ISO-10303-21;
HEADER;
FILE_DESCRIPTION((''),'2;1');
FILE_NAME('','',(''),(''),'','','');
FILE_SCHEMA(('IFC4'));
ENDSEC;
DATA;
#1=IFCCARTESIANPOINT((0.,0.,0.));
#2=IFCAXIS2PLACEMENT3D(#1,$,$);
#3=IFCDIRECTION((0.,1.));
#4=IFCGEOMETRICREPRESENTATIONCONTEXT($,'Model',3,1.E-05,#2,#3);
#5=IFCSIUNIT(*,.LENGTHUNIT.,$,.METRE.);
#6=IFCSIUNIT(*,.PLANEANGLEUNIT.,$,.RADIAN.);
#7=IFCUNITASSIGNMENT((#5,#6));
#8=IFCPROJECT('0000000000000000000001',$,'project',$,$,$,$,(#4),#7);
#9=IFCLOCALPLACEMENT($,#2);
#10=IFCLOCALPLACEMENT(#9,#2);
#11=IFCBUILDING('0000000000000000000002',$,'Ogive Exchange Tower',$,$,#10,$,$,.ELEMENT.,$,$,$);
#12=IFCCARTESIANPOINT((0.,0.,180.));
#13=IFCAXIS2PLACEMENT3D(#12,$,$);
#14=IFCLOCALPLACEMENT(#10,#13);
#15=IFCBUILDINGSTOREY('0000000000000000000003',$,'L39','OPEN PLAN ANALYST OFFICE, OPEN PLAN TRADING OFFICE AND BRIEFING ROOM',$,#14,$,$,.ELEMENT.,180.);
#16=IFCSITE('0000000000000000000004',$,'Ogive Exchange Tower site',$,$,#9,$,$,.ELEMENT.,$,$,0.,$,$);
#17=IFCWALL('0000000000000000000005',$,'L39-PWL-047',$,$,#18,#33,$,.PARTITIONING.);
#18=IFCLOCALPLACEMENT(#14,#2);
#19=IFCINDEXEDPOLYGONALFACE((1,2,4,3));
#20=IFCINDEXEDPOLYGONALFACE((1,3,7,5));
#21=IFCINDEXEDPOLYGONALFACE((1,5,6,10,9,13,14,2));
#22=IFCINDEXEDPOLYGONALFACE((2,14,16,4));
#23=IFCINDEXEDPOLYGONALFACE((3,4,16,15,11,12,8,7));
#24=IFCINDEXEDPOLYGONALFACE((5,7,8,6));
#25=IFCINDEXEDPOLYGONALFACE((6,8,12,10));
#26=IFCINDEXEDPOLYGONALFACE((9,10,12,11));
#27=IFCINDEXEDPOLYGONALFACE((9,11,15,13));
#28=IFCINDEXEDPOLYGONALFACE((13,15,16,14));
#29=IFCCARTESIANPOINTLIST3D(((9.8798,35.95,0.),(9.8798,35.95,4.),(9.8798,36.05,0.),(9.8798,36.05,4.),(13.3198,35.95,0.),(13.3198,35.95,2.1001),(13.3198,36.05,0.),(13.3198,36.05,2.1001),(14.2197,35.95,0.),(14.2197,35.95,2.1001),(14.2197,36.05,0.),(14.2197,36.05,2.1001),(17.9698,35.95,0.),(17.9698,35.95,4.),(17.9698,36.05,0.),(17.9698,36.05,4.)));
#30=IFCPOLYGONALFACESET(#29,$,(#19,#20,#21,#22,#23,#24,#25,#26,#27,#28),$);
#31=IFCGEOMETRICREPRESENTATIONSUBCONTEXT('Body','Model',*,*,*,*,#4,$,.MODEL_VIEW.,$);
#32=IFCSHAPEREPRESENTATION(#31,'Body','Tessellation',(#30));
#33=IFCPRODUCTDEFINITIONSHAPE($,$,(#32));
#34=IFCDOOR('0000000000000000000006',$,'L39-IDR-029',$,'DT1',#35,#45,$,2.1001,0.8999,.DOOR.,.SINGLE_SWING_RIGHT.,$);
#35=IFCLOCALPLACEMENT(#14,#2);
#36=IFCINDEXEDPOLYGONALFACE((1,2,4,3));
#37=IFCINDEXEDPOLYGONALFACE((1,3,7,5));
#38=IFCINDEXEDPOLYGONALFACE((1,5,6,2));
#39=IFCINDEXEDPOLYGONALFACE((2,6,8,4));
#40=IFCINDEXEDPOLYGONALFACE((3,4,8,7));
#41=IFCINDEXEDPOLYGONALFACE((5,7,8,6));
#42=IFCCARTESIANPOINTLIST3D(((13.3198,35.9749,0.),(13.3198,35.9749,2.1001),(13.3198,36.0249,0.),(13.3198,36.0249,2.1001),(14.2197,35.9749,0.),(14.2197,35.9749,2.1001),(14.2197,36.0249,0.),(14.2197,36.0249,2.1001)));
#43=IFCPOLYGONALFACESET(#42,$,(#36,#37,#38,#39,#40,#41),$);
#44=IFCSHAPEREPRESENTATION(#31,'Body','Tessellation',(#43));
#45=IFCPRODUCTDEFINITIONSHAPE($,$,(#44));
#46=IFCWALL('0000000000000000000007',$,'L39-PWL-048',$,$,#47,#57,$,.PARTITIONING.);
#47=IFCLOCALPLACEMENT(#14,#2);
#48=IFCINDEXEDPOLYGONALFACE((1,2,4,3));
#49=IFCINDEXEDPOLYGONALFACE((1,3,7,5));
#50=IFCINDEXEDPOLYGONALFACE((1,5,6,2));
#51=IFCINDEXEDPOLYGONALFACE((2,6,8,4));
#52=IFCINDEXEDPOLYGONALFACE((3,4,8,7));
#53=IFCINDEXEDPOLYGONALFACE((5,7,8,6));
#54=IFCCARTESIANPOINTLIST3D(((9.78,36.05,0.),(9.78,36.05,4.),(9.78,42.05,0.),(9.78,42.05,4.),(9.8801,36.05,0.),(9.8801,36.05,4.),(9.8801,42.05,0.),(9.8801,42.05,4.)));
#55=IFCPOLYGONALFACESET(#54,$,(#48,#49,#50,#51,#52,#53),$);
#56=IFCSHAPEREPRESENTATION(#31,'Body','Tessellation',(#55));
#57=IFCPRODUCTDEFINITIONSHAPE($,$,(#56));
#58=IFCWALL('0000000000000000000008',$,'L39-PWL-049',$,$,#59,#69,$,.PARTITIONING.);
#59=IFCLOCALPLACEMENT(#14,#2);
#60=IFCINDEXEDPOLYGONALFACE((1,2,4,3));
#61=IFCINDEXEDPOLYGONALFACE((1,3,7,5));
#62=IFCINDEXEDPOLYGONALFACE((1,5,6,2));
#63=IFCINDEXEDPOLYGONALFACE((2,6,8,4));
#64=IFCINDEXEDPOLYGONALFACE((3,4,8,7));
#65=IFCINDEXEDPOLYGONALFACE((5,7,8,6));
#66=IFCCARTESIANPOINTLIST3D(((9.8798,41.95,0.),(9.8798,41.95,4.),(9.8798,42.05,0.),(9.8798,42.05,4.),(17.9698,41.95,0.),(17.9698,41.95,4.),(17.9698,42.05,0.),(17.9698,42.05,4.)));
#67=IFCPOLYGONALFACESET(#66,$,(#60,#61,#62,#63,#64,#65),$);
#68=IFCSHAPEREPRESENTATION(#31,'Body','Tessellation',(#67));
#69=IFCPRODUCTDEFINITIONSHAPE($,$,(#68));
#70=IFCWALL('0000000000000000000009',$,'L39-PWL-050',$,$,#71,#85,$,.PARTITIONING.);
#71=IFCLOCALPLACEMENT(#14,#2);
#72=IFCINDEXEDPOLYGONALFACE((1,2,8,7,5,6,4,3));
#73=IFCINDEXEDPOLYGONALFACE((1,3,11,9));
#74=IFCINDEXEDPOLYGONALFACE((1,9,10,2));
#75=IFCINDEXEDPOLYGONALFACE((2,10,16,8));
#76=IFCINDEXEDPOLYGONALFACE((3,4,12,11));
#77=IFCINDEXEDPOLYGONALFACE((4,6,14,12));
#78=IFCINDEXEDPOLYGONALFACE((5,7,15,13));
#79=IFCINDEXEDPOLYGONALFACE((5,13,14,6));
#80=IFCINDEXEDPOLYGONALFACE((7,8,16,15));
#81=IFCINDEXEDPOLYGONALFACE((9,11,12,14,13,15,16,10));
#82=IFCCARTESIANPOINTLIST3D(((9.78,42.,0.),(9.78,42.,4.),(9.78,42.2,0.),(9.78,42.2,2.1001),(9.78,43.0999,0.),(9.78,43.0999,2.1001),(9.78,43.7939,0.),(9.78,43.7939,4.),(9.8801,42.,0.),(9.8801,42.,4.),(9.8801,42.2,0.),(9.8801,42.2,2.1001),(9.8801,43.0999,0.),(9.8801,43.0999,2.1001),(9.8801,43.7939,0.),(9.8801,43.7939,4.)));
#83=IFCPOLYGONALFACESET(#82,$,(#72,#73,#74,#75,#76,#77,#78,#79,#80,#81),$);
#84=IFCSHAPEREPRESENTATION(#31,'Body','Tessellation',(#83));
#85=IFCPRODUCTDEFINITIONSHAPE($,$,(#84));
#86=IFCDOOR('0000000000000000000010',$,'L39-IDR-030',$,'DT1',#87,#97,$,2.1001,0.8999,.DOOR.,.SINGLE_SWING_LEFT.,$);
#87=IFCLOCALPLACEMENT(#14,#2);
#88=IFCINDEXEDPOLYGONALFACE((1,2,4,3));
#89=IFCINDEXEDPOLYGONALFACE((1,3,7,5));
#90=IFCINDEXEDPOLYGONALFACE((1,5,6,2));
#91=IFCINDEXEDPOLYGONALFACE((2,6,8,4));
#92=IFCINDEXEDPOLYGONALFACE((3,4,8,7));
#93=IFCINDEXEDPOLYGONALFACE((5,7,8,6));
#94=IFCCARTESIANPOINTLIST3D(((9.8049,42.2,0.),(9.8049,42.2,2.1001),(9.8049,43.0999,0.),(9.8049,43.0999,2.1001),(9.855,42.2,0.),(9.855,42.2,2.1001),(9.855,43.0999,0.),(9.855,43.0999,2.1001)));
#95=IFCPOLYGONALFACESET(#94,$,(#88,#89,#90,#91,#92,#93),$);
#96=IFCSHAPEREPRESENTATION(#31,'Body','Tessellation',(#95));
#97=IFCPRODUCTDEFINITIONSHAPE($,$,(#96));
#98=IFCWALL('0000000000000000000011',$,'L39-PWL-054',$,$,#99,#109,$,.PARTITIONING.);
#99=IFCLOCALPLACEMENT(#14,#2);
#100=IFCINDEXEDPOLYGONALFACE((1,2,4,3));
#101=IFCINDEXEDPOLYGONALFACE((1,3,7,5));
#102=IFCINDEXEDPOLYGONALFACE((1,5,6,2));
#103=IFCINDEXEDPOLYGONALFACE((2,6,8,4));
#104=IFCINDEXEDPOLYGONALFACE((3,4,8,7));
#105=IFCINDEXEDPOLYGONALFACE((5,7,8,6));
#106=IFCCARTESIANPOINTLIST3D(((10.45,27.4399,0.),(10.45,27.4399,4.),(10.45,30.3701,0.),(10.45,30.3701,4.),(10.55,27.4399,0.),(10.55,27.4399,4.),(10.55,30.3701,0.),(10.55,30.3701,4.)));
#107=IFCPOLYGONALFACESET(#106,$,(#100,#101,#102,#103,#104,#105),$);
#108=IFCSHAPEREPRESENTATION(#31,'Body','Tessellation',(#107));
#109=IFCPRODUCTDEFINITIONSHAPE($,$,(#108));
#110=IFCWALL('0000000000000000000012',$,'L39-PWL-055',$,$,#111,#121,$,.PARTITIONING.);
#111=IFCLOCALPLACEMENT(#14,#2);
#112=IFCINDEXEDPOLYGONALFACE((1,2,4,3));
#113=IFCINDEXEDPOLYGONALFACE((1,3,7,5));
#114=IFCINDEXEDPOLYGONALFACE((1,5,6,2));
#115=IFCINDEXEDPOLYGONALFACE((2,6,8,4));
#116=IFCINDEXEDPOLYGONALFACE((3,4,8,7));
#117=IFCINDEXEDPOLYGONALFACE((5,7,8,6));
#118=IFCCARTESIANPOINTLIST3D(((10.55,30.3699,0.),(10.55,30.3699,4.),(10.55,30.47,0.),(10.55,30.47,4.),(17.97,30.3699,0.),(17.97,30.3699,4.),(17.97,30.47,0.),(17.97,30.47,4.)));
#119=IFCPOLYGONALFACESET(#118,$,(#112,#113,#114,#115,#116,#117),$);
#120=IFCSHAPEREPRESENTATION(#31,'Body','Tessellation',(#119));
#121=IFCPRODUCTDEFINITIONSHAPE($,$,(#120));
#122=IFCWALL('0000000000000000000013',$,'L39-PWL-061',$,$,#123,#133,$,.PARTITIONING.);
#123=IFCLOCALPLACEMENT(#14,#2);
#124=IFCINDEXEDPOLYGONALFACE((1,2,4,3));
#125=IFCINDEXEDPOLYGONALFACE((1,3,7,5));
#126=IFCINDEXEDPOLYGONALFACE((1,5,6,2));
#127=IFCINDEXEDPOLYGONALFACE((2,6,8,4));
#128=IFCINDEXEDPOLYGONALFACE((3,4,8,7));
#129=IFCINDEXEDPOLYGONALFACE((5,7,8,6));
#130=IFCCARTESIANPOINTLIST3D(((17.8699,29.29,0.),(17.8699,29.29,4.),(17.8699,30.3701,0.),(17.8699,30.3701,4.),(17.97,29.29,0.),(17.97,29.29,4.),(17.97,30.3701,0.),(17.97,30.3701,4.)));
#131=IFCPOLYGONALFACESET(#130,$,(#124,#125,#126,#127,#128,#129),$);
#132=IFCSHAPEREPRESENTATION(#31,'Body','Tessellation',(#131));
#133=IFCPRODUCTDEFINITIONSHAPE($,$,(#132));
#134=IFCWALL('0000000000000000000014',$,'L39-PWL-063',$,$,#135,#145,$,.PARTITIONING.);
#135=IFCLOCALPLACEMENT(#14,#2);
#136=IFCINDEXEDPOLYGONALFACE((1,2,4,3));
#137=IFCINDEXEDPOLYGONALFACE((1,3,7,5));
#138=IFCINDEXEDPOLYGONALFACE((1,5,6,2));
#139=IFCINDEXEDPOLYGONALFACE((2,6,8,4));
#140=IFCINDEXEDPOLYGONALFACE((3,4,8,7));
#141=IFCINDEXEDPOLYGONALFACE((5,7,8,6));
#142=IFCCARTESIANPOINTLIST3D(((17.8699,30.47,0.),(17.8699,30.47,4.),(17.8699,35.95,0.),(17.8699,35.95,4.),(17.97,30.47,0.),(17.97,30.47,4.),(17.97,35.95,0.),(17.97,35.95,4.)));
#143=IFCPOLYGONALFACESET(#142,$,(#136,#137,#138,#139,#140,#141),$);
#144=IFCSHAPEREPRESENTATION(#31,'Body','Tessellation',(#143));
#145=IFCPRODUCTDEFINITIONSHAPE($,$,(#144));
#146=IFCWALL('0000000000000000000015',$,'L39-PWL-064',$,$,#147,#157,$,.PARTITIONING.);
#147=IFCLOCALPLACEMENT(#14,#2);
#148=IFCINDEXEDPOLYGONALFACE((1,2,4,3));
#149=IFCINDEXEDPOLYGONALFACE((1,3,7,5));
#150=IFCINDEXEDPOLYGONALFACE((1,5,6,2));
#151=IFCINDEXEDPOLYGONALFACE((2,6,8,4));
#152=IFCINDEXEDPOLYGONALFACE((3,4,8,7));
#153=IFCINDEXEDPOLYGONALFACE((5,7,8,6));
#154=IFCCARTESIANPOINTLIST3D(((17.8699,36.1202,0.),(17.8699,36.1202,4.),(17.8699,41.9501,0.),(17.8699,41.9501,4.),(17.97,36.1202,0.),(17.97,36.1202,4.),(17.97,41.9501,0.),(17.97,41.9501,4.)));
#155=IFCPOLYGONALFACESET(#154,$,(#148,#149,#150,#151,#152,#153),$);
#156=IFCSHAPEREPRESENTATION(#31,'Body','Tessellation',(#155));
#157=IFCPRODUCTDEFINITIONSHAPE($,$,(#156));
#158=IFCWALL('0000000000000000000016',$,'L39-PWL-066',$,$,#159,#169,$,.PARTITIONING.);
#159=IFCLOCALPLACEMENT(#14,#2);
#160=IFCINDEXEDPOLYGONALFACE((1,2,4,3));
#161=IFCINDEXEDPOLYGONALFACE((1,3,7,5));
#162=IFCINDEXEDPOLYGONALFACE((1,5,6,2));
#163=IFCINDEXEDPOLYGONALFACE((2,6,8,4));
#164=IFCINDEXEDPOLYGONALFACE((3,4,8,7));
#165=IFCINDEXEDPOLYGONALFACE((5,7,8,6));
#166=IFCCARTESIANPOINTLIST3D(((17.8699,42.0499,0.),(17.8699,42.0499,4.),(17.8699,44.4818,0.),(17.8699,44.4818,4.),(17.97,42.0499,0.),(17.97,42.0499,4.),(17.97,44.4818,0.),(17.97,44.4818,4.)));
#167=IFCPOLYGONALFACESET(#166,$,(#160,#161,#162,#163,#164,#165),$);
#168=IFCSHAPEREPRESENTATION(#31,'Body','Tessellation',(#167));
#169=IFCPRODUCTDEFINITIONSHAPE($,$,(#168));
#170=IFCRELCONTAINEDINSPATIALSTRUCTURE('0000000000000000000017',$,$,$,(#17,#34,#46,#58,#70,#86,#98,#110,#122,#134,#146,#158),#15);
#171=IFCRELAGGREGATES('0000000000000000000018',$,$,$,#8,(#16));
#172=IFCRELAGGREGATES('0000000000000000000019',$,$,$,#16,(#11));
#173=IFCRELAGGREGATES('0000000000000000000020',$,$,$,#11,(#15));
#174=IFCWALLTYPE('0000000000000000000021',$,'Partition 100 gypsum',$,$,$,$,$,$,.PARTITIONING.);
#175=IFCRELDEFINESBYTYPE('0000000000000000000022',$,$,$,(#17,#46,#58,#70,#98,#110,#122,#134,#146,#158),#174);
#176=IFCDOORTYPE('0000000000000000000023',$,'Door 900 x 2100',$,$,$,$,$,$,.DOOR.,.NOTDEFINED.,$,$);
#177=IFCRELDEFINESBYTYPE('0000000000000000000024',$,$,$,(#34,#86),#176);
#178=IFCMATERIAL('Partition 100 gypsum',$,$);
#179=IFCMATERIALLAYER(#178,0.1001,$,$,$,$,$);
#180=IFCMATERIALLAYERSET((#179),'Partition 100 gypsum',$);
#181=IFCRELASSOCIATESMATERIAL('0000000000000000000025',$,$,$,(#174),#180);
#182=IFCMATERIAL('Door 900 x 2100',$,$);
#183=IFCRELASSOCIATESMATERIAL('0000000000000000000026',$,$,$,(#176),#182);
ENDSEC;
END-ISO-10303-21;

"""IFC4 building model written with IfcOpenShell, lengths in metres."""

from ifc_helpers import new_model, si_unit, direction, frame, frame_2d, origin, place, context, subcontext, project, spatial, rectangle, extrude, material, layer, layer_set, type_object, element, fill, save


model = new_model("IFC4")

# Units and contexts
model_context = context("Model", 3, precision=1e-05, world=origin(), true_north=direction((0.0, 1.0)))
body_context = subcontext(model_context, "Body", "Model", "MODEL_VIEW")
ifc_project = project(units=[si_unit("LENGTHUNIT", "METRE"), si_unit("PLANEANGLEUNIT", "RADIAN")], contexts=[model_context])

# Site, building, storey
site_placement = place(None, origin())
site = spatial("IfcSite", under=ifc_project, at=site_placement, Name="Ogive Exchange Tower site", CompositionType="ELEMENT", RefElevation=0.0)
building_placement = place(site_placement, origin())
building = spatial("IfcBuilding", under=site, at=building_placement, Name="Ogive Exchange Tower", CompositionType="ELEMENT")
storey_placement = place(building_placement, frame((0.0, 0.0, 180.0)))
storey = spatial("IfcBuildingStorey", under=building, at=storey_placement, Name="L39", Description="OPEN PLAN ANALYST OFFICE, OPEN PLAN TRADING OFFICE AND BRIEFING ROOM", CompositionType="ELEMENT", Elevation=180.0)

# Shared definitions
ifc_material_1 = material(Name="Partition 100 gypsum")
ifc_layer_1 = layer(ifc_material_1, 0.1001)
ifc_layer_set_1 = layer_set([ifc_layer_1], Name="Partition 100 gypsum")
wall_type_1 = type_object("IfcWallType", Name="Partition 100 gypsum", PredefinedType="PARTITIONING", material=ifc_layer_set_1)

# Wall, opening, door
wall_1_placement = place(storey_placement, frame((9.8799, 36.0, 0.0), z_axis=(0.0, 0.0, 1.0), x_axis=(1.0, 0.0, 0.0)))
wall_1 = element("IfcWall", 1, at=wall_1_placement, inside=storey, type_object=wall_type_1, Name="L39-PWL-047", PredefinedType="PARTITIONING", context=body_context, shape_type="SweptSolid", body=[
    extrude(rectangle(XDim=8.0901, YDim=0.1001, at=frame_2d((4.0449, 0.0))), origin(), (0.0, 0.0, 1.0), 4.0),
])
opening_1_placement = place(wall_1_placement, frame((3.4399, 0.0, 0.0)))
opening_1 = element("IfcOpeningElement", 2, at=opening_1_placement, cuts=wall_1, PredefinedType="OPENING", context=body_context, shape_type="SweptSolid", body=[
    extrude(rectangle(XDim=0.8999, YDim=2.1001, at=frame_2d((0.45, 1.05))), frame((0.0, 0.0601, 0.0), z_axis=(0.0, -1.0, 0.0), x_axis=(1.0, 0.0, 0.0)), (0.0, 0.0, 1.0), 0.1201),
])
ifc_material_2 = material(Name="Door 900 x 2100")
door_type_1 = type_object("IfcDoorType", Name="Door 900 x 2100", OperationType="NOTDEFINED", PredefinedType="DOOR", material=ifc_material_2)
door_1_placement = place(opening_1_placement, origin())
door_1 = element("IfcDoor", 3, at=door_1_placement, inside=storey, type_object=door_type_1, Name="L39-IDR-029", ObjectType="DT1", OperationType="SINGLE_SWING_RIGHT", OverallHeight=2.1001, OverallWidth=0.8999, PredefinedType="DOOR", context=body_context, shape_type="SweptSolid", body=[
    extrude(rectangle(XDim=0.8999, YDim=2.1001, at=frame_2d((0.45, 1.05))), frame((0.0, 0.0249, 0.0), z_axis=(0.0, -1.0, 0.0), x_axis=(1.0, 0.0, 0.0)), (0.0, 0.0, 1.0), 0.05),
])
fill(opening_1, door_1)

# Walls
wall_2_placement = place(storey_placement, frame((9.8301, 42.05, 0.0), z_axis=(0.0, 0.0, 1.0), x_axis=(0.0, -1.0, 0.0)))
element("IfcWall", 4, at=wall_2_placement, inside=storey, type_object=wall_type_1, Name="L39-PWL-048", PredefinedType="PARTITIONING", context=body_context, shape_type="SweptSolid", body=[
    extrude(rectangle(XDim=6.0, YDim=0.1001, at=frame_2d((3.0, 0.0))), origin(), (0.0, 0.0, 1.0), 4.0),
])
wall_3_placement = place(storey_placement, frame((9.8799, 42.0, 0.0), z_axis=(0.0, 0.0, 1.0), x_axis=(1.0, 0.0, 0.0)))
element("IfcWall", 5, at=wall_3_placement, inside=storey, type_object=wall_type_1, Name="L39-PWL-049", PredefinedType="PARTITIONING", context=body_context, shape_type="SweptSolid", body=[
    extrude(rectangle(XDim=8.0901, YDim=0.1001, at=frame_2d((4.0449, 0.0))), origin(), (0.0, 0.0, 1.0), 4.0),
])

# Wall, opening, door
wall_4_placement = place(storey_placement, frame((9.8301, 43.7939, 0.0), z_axis=(0.0, 0.0, 1.0), x_axis=(0.0, -1.0, 0.0)))
wall_4 = element("IfcWall", 6, at=wall_4_placement, inside=storey, type_object=wall_type_1, Name="L39-PWL-050", PredefinedType="PARTITIONING", context=body_context, shape_type="SweptSolid", body=[
    extrude(rectangle(XDim=1.7939, YDim=0.1001, at=frame_2d((0.897, 0.0))), origin(), (0.0, 0.0, 1.0), 4.0),
])
opening_2_placement = place(wall_4_placement, frame((0.6941, 0.0, 0.0)))
opening_2 = element("IfcOpeningElement", 7, at=opening_2_placement, cuts=wall_4, PredefinedType="OPENING", context=body_context, shape_type="SweptSolid", body=[
    extrude(rectangle(XDim=0.8999, YDim=2.1001, at=frame_2d((0.45, 1.05))), frame((0.0, 0.0601, 0.0), z_axis=(0.0, -1.0, 0.0), x_axis=(1.0, 0.0, 0.0)), (0.0, 0.0, 1.0), 0.1201),
])
door_2_placement = place(opening_2_placement, origin())
door_2 = element("IfcDoor", 8, at=door_2_placement, inside=storey, type_object=door_type_1, Name="L39-IDR-030", ObjectType="DT1", OperationType="SINGLE_SWING_LEFT", OverallHeight=2.1001, OverallWidth=0.8999, PredefinedType="DOOR", context=body_context, shape_type="SweptSolid", body=[
    extrude(rectangle(XDim=0.8999, YDim=2.1001, at=frame_2d((0.45, 1.05))), frame((0.0, 0.0249, 0.0), z_axis=(0.0, -1.0, 0.0), x_axis=(1.0, 0.0, 0.0)), (0.0, 0.0, 1.0), 0.05),
])
fill(opening_2, door_2)

# Walls
wall_5_placement = place(storey_placement, frame((10.5, 30.3701, 0.0), z_axis=(0.0, 0.0, 1.0), x_axis=(0.0, -1.0, 0.0)))
element("IfcWall", 9, at=wall_5_placement, inside=storey, type_object=wall_type_1, Name="L39-PWL-054", PredefinedType="PARTITIONING", context=body_context, shape_type="SweptSolid", body=[
    extrude(rectangle(XDim=2.9302, YDim=0.1001, at=frame_2d((1.4651, 0.0))), origin(), (0.0, 0.0, 1.0), 4.0),
])
wall_6_placement = place(storey_placement, frame((10.55, 30.4199, 0.0), z_axis=(0.0, 0.0, 1.0), x_axis=(1.0, 0.0, 0.0)))
element("IfcWall", 10, at=wall_6_placement, inside=storey, type_object=wall_type_1, Name="L39-PWL-055", PredefinedType="PARTITIONING", context=body_context, shape_type="SweptSolid", body=[
    extrude(rectangle(XDim=7.4199, YDim=0.1001, at=frame_2d((3.71, 0.0))), origin(), (0.0, 0.0, 1.0), 4.0),
])
wall_7_placement = place(storey_placement, frame((17.9199, 29.29, 0.0), z_axis=(0.0, 0.0, 1.0), x_axis=(0.0, 1.0, 0.0)))
element("IfcWall", 11, at=wall_7_placement, inside=storey, type_object=wall_type_1, Name="L39-PWL-061", PredefinedType="PARTITIONING", context=body_context, shape_type="SweptSolid", body=[
    extrude(rectangle(XDim=1.0801, YDim=0.1001, at=frame_2d((0.54, 0.0))), origin(), (0.0, 0.0, 1.0), 4.0),
])
wall_8_placement = place(storey_placement, frame((17.9199, 30.47, 0.0), z_axis=(0.0, 0.0, 1.0), x_axis=(0.0, 1.0, 0.0)))
element("IfcWall", 12, at=wall_8_placement, inside=storey, type_object=wall_type_1, Name="L39-PWL-063", PredefinedType="PARTITIONING", context=body_context, shape_type="SweptSolid", body=[
    extrude(rectangle(XDim=5.48, YDim=0.1001, at=frame_2d((2.74, 0.0))), origin(), (0.0, 0.0, 1.0), 4.0),
])
wall_9_placement = place(storey_placement, frame((17.9199, 36.1201, 0.0), z_axis=(0.0, 0.0, 1.0), x_axis=(0.0, 1.0, 0.0)))
element("IfcWall", 13, at=wall_9_placement, inside=storey, type_object=wall_type_1, Name="L39-PWL-064", PredefinedType="PARTITIONING", context=body_context, shape_type="SweptSolid", body=[
    extrude(rectangle(XDim=5.8298, YDim=0.1001, at=frame_2d((2.915, 0.0))), origin(), (0.0, 0.0, 1.0), 4.0),
])
wall_10_placement = place(storey_placement, frame((17.9199, 42.05, 0.0), z_axis=(0.0, 0.0, 1.0), x_axis=(0.0, 1.0, 0.0)))
element("IfcWall", 14, at=wall_10_placement, inside=storey, type_object=wall_type_1, Name="L39-PWL-066", PredefinedType="PARTITIONING", context=body_context, shape_type="SweptSolid", body=[
    extrude(rectangle(XDim=2.4319, YDim=0.1001, at=frame_2d((1.2158, 0.0))), origin(), (0.0, 0.0, 1.0), 4.0),
])

save(model, "model.ifc")
